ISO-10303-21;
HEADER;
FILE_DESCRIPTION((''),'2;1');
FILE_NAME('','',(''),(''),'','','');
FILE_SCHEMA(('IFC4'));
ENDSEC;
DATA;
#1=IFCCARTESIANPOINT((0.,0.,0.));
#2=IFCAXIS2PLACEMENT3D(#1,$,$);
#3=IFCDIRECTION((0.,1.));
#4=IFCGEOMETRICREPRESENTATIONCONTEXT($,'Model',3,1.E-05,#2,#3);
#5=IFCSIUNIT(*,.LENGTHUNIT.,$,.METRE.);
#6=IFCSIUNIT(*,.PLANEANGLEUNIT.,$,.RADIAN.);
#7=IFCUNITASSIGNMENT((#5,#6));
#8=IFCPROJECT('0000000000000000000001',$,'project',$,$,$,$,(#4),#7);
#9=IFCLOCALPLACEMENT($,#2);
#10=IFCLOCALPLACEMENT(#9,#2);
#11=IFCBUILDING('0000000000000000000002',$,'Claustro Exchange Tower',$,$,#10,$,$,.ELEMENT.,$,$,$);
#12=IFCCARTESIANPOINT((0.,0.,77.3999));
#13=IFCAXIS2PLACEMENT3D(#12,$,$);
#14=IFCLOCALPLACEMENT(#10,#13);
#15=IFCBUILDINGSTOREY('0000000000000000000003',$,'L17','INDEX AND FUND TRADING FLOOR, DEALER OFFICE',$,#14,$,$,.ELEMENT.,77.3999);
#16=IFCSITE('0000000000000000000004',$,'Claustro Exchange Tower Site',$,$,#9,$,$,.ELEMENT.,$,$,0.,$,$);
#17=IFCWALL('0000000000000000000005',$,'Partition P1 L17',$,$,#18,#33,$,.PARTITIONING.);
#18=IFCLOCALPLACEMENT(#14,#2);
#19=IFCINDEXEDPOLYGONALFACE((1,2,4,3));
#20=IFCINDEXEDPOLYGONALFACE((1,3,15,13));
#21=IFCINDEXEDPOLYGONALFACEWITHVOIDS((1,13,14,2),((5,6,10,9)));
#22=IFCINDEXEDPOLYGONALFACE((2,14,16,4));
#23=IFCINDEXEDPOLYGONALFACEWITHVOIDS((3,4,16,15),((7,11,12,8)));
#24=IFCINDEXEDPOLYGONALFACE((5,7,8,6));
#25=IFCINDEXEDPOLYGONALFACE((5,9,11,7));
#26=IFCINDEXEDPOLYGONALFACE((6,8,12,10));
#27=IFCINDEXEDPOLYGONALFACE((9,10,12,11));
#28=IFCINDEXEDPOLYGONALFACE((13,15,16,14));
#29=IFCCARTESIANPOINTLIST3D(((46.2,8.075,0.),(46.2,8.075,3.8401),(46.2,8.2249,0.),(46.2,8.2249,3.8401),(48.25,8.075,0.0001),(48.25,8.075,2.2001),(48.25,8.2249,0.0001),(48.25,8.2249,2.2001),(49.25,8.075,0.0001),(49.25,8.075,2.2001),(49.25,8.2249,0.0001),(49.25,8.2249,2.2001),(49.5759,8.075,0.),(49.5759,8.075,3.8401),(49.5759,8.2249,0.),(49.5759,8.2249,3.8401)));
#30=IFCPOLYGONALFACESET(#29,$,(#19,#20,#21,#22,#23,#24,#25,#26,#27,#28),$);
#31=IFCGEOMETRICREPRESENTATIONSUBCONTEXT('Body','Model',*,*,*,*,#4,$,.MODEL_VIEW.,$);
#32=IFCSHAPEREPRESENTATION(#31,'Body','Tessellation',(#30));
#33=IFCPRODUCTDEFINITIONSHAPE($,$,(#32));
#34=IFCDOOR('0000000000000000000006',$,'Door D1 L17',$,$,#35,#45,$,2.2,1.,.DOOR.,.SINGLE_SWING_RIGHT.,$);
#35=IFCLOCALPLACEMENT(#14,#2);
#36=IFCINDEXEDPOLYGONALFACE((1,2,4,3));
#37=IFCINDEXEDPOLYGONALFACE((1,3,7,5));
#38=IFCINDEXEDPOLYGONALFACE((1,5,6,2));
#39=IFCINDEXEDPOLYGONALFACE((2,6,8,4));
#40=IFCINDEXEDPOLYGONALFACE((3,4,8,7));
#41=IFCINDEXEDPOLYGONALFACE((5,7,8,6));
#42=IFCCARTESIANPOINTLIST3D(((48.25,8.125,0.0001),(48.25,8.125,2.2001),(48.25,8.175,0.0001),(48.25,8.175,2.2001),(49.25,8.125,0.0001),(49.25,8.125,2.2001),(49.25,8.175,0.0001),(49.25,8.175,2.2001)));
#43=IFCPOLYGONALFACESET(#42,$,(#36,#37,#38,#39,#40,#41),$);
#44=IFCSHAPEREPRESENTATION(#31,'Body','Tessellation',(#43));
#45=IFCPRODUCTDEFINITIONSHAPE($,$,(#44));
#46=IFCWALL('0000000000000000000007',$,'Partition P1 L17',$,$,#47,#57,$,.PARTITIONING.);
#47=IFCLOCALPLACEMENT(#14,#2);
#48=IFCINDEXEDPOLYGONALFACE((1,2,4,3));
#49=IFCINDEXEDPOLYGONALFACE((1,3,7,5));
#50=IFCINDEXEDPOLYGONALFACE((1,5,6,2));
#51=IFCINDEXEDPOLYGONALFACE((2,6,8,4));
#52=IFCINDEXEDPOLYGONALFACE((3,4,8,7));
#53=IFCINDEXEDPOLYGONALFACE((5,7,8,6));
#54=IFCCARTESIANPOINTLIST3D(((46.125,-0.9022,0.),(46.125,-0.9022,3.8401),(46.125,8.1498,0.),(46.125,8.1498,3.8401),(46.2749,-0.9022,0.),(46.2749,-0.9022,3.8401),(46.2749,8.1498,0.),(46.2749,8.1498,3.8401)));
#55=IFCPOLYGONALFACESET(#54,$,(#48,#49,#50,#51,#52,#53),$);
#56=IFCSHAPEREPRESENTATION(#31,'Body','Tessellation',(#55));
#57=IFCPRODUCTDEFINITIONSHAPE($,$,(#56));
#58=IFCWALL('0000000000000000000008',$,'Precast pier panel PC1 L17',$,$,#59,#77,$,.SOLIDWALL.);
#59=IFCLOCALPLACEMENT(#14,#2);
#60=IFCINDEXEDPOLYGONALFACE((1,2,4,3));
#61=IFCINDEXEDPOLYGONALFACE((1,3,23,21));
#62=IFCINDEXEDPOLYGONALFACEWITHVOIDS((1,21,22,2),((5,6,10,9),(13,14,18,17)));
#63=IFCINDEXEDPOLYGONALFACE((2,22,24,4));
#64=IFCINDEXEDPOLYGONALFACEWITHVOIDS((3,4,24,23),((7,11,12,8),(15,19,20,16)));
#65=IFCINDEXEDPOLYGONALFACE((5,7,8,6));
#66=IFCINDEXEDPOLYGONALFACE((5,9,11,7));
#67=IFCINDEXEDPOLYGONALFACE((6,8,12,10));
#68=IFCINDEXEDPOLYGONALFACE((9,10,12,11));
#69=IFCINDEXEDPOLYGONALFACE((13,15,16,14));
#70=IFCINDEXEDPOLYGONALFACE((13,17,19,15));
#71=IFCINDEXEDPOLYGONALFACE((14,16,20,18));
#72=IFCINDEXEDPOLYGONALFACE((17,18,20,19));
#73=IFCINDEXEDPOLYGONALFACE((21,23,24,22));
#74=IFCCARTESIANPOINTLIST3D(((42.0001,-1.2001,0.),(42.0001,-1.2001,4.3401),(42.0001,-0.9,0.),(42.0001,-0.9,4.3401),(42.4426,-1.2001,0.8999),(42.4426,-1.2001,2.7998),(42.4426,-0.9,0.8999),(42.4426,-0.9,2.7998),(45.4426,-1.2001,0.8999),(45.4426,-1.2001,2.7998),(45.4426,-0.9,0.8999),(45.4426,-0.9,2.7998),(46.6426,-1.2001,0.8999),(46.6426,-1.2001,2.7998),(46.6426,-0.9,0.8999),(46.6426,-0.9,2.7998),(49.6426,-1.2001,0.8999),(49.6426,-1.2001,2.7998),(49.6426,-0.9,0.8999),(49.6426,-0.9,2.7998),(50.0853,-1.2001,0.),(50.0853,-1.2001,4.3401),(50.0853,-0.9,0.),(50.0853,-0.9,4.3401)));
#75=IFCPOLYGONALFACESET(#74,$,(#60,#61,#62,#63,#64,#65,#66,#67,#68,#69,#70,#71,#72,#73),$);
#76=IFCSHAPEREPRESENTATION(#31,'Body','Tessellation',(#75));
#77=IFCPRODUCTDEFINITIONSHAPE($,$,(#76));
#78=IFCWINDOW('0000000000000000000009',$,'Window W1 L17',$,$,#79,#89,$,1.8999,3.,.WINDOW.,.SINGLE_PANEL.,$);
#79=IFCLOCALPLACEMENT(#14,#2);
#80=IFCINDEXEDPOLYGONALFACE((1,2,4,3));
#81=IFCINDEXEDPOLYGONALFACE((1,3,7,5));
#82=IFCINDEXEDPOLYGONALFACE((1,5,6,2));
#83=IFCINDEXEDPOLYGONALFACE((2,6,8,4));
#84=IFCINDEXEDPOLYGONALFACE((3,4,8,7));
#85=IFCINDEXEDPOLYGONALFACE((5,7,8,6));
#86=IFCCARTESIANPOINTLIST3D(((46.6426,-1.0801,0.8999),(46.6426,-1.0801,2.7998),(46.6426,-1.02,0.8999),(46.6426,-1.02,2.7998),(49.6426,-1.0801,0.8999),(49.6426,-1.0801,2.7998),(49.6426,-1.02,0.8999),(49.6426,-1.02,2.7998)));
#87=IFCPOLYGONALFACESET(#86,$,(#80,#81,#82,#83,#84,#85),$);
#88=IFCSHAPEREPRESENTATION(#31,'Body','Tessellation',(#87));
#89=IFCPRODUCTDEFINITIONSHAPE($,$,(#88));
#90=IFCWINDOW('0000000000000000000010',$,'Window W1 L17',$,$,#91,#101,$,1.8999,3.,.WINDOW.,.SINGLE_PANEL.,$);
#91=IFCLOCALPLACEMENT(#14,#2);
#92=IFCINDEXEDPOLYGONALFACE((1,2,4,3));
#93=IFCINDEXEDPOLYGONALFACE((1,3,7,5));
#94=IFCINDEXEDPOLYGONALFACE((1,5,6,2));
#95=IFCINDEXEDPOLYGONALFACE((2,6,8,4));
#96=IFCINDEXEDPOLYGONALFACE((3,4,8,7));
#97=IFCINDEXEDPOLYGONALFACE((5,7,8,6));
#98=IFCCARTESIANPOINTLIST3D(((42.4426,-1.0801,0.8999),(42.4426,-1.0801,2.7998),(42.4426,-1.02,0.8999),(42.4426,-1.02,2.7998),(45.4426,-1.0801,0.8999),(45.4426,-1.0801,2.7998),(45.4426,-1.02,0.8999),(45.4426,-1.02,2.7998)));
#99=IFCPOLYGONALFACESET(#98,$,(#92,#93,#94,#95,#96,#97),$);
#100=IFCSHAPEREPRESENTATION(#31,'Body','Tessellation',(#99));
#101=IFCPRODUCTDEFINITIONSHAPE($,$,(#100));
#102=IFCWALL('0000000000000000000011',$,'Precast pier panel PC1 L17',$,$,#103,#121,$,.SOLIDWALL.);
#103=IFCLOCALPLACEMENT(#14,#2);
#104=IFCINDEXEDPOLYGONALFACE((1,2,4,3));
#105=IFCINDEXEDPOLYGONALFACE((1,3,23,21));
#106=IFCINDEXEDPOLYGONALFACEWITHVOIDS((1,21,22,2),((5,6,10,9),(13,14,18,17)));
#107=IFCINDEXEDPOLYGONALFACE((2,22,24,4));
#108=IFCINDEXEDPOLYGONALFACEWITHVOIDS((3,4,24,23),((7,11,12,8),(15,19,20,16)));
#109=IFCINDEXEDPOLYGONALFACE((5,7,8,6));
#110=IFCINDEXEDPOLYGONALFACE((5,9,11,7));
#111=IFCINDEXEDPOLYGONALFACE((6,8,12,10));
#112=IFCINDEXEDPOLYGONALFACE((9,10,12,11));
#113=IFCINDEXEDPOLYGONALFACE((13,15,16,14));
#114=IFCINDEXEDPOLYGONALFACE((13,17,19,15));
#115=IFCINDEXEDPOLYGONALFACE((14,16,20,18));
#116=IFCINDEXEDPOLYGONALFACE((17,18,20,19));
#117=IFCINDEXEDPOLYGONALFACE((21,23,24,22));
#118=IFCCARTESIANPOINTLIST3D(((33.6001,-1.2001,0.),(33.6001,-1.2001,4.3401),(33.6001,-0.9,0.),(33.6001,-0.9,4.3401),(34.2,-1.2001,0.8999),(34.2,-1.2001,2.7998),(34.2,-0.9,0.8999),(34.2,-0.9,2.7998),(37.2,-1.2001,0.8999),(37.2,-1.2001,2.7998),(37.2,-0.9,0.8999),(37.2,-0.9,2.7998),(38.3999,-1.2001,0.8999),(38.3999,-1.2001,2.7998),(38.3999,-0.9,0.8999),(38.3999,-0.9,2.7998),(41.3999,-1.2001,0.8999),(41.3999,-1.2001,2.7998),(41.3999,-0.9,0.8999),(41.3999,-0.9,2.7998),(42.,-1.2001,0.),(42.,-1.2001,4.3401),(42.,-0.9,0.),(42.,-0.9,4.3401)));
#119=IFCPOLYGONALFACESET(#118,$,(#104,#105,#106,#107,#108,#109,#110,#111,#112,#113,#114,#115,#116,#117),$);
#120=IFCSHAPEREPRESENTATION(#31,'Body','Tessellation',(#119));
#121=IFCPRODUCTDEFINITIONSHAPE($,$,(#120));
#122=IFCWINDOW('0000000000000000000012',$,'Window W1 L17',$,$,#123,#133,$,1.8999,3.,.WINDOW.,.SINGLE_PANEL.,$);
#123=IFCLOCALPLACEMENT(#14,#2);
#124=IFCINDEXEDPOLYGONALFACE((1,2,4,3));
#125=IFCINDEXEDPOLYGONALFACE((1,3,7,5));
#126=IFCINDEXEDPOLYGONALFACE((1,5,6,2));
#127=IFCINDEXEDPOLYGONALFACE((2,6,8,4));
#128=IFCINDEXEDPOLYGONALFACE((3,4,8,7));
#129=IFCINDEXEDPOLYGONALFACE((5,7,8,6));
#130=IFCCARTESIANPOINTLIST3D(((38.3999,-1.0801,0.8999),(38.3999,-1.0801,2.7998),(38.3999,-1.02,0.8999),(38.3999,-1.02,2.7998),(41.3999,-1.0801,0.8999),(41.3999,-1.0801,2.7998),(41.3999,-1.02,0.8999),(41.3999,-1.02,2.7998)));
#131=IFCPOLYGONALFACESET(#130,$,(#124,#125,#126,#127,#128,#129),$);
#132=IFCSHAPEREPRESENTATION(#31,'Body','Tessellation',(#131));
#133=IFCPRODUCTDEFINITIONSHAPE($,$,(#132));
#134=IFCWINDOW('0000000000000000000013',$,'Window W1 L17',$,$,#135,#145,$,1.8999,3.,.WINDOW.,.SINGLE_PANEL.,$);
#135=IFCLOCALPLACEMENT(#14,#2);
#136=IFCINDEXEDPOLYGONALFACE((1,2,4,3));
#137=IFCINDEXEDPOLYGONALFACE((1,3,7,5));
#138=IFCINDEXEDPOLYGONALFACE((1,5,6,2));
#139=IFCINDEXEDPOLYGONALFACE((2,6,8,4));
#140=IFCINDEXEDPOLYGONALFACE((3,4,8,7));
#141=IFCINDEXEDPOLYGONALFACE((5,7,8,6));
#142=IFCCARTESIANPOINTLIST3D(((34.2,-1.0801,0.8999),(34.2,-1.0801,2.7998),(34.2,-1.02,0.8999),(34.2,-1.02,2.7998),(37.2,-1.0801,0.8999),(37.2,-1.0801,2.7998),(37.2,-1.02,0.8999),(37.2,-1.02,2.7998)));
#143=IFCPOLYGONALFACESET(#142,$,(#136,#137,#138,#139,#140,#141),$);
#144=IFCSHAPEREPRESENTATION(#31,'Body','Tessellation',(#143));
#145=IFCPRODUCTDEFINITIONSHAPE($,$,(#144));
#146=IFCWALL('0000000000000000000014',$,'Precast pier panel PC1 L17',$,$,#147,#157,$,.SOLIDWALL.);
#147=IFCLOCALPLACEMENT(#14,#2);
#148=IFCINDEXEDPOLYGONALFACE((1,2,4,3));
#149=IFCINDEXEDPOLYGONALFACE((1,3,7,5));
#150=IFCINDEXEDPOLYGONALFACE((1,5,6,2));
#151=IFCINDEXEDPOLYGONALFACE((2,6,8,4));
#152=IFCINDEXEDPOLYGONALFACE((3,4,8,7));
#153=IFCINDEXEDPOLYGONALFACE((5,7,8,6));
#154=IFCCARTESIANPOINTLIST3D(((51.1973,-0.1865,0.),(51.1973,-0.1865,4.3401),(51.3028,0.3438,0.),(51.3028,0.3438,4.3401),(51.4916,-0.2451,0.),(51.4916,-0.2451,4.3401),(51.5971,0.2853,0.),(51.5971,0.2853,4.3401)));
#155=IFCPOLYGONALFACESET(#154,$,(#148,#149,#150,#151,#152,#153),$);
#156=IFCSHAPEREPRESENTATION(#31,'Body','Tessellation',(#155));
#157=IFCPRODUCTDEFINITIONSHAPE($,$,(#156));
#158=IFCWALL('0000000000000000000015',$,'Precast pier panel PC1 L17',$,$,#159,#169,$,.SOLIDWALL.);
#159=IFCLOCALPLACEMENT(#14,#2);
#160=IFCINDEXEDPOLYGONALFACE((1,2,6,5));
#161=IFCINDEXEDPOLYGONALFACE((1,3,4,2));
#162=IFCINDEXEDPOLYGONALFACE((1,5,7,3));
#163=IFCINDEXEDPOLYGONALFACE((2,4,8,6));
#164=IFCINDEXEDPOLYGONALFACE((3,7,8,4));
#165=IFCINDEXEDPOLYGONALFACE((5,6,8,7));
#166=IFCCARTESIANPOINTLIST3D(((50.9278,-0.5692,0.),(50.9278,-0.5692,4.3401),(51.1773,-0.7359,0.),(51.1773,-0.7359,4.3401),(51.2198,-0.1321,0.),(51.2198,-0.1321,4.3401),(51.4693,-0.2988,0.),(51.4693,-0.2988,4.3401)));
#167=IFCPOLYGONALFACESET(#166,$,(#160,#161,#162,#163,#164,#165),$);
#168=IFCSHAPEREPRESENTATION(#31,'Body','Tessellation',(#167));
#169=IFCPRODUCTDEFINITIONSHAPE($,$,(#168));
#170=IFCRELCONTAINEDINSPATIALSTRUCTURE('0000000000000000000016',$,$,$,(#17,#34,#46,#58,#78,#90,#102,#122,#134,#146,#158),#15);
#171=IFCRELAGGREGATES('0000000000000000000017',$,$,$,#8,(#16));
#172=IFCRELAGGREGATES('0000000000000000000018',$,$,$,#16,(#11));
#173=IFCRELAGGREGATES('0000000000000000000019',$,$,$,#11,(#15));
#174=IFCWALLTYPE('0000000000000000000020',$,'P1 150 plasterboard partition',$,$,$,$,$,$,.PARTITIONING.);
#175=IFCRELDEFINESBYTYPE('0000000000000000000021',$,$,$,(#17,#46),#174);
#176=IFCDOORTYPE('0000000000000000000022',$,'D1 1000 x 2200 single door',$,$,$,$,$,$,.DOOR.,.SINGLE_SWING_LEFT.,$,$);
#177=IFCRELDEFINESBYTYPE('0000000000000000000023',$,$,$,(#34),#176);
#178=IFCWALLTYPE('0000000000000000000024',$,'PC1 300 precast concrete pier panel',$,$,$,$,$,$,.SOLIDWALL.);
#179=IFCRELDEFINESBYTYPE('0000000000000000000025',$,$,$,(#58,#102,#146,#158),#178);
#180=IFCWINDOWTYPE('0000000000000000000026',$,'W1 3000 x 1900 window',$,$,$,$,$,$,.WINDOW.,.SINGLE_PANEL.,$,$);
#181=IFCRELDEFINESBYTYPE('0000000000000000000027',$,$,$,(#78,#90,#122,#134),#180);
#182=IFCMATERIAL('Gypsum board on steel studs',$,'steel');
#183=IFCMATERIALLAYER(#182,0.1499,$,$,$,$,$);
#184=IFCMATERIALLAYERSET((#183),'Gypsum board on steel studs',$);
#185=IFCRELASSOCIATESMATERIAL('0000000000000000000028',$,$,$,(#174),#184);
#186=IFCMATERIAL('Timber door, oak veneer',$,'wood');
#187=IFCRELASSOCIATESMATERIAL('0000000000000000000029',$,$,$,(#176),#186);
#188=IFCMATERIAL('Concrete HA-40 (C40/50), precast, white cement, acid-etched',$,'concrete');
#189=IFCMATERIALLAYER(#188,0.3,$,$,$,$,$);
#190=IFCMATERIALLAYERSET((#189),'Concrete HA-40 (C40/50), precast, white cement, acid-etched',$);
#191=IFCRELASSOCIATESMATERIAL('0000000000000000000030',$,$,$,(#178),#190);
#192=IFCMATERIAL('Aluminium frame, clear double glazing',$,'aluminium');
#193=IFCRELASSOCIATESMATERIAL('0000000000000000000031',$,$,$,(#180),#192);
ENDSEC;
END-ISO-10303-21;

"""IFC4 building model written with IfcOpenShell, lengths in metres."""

from ifc_helpers import new_model, si_unit, direction, frame, frame_2d, origin, place, context, subcontext, project, spatial, rectangle, extrude, material, layer, layer_set, type_object, element, fill, save


model = new_model("IFC4")

# Units and contexts
model_context = context("Model", 3, precision=1e-05, world=origin(), true_north=direction((0.0, 1.0)))
body_context = subcontext(model_context, "Body", "Model", "MODEL_VIEW")
ifc_project = project(units=[si_unit("LENGTHUNIT", "METRE"), si_unit("PLANEANGLEUNIT", "RADIAN")], contexts=[model_context])

# Site, building, storey
site_placement = place(None, origin())
site = spatial("IfcSite", under=ifc_project, at=site_placement, Name="Claustro Exchange Tower Site", CompositionType="ELEMENT", RefElevation=0.0)
building_placement = place(site_placement, origin())
building = spatial("IfcBuilding", under=site, at=building_placement, Name="Claustro Exchange Tower", CompositionType="ELEMENT")
storey_placement = place(building_placement, frame((0.0, 0.0, 77.3999)))
storey = spatial("IfcBuildingStorey", under=building, at=storey_placement, Name="L17", Description="INDEX AND FUND TRADING FLOOR, DEALER OFFICE", CompositionType="ELEMENT", Elevation=77.3999)

# Wall, opening, door
ifc_material_1 = material(Name="Gypsum board on steel studs", Category="steel")
ifc_layer_1 = layer(ifc_material_1, 0.1499)
ifc_layer_set_1 = layer_set([ifc_layer_1], Name="Gypsum board on steel studs")
wall_type_1 = type_object("IfcWallType", Name="P1 150 plasterboard partition", PredefinedType="PARTITIONING", material=ifc_layer_set_1)
wall_1_placement = place(storey_placement, frame((46.2, 8.1499, 0.0), z_axis=(0.0, 0.0, 1.0), x_axis=(1.0, 0.0, 0.0)))
wall_1 = element("IfcWall", 1, at=wall_1_placement, inside=storey, type_object=wall_type_1, Name="Partition P1 L17", PredefinedType="PARTITIONING", context=body_context, shape_type="SweptSolid", body=[
    extrude(rectangle(XDim=3.376, YDim=0.1499, at=frame_2d((1.688, 0.0))), origin(), (0.0, 0.0, 1.0), 3.8401),
])
opening_1_placement = place(wall_1_placement, frame((2.05, 0.0, 0.0)))
opening_1 = element("IfcOpeningElement", 2, at=opening_1_placement, cuts=wall_1, PredefinedType="OPENING", context=body_context, shape_type="SweptSolid", body=[
    extrude(rectangle(XDim=1.0, YDim=2.2, at=frame_2d((0.5, 1.1001))), frame((0.0, 0.085, 0.0), z_axis=(0.0, -1.0, 0.0), x_axis=(1.0, 0.0, 0.0)), (0.0, 0.0, 1.0), 0.1699),
])
ifc_material_2 = material(Name="Timber door, oak veneer", Category="wood")
door_type = type_object("IfcDoorType", Name="D1 1000 x 2200 single door", OperationType="SINGLE_SWING_LEFT", PredefinedType="DOOR", material=ifc_material_2)
door_placement = place(opening_1_placement, frame((1.0, 0.0, 0.0), z_axis=(0.0, 0.0, 1.0), x_axis=(-1.0, 0.0, 0.0)))
door = element("IfcDoor", 3, at=door_placement, inside=storey, type_object=door_type, Name="Door D1 L17", OperationType="SINGLE_SWING_RIGHT", OverallHeight=2.2, OverallWidth=1.0, PredefinedType="DOOR", context=body_context, shape_type="SweptSolid", body=[
    extrude(rectangle(XDim=1.0, YDim=2.2, at=frame_2d((0.5, 1.1001))), frame((0.0, 0.0249, 0.0), z_axis=(0.0, -1.0, 0.0), x_axis=(1.0, 0.0, 0.0)), (0.0, 0.0, 1.0), 0.05),
])
fill(opening_1, door)

# Wall
wall_2_placement = place(storey_placement, frame((46.2, -0.9021, 0.0), z_axis=(0.0, 0.0, 1.0), x_axis=(0.0, 1.0, 0.0)))
element("IfcWall", 4, at=wall_2_placement, inside=storey, type_object=wall_type_1, Name="Partition P1 L17", PredefinedType="PARTITIONING", context=body_context, shape_type="SweptSolid", body=[
    extrude(rectangle(XDim=9.052, YDim=0.1499, at=frame_2d((4.5259, 0.0))), origin(), (0.0, 0.0, 1.0), 3.8401),
])

# Walls, openings, windows
ifc_material_3 = material(Name="Concrete HA-40 (C40/50), precast, white cement, acid-etched", Category="concrete")
ifc_layer_2 = layer(ifc_material_3, 0.3)
ifc_layer_set_2 = layer_set([ifc_layer_2], Name="Concrete HA-40 (C40/50), precast, white cement, acid-etched")
wall_type_2 = type_object("IfcWallType", Name="PC1 300 precast concrete pier panel", PredefinedType="SOLIDWALL", material=ifc_layer_set_2)
wall_3_placement = place(storey_placement, frame((50.0852, -1.05, 0.0), z_axis=(0.0, 0.0, 1.0), x_axis=(-1.0, 0.0, 0.0)))
wall_3 = element("IfcWall", 5, at=wall_3_placement, inside=storey, type_object=wall_type_2, Name="Precast pier panel PC1 L17", PredefinedType="SOLIDWALL", context=body_context, shape_type="SweptSolid", body=[
    extrude(rectangle(XDim=8.0852, YDim=0.3, at=frame_2d((4.0425, 0.0))), origin(), (0.0, 0.0, 1.0), 4.3401),
])
opening_2_placement = place(wall_3_placement, frame((0.4426, 0.0, 0.8999)))
opening_2 = element("IfcOpeningElement", 6, at=opening_2_placement, cuts=wall_3, PredefinedType="OPENING", context=body_context, shape_type="SweptSolid", body=[
    extrude(rectangle(XDim=3.0, YDim=1.8999, at=frame_2d((1.5, 0.95))), frame((0.0, 0.1599, 0.0), z_axis=(0.0, -1.0, 0.0), x_axis=(1.0, 0.0, 0.0)), (0.0, 0.0, 1.0), 0.3201),
])
opening_3_placement = place(wall_3_placement, frame((4.6426, 0.0, 0.8999)))
opening_3 = element("IfcOpeningElement", 7, at=opening_3_placement, cuts=wall_3, PredefinedType="OPENING", context=body_context, shape_type="SweptSolid", body=[
    extrude(rectangle(XDim=3.0, YDim=1.8999, at=frame_2d((1.5, 0.95))), frame((0.0, 0.1599, 0.0), z_axis=(0.0, -1.0, 0.0), x_axis=(1.0, 0.0, 0.0)), (0.0, 0.0, 1.0), 0.3201),
])
ifc_material_4 = material(Name="Aluminium frame, clear double glazing", Category="aluminium")
window_type = type_object("IfcWindowType", Name="W1 3000 x 1900 window", PartitioningType="SINGLE_PANEL", PredefinedType="WINDOW", material=ifc_material_4)
window_1_placement = place(opening_2_placement, origin())
window_1 = element("IfcWindow", 8, at=window_1_placement, inside=storey, type_object=window_type, Name="Window W1 L17", OverallHeight=1.8999, OverallWidth=3.0, PartitioningType="SINGLE_PANEL", PredefinedType="WINDOW", context=body_context, shape_type="SweptSolid", body=[
    extrude(rectangle(XDim=3.0, YDim=1.8999, at=frame_2d((1.5, 0.95))), frame((0.0, 0.03, 0.0), z_axis=(0.0, -1.0, 0.0), x_axis=(1.0, 0.0, 0.0)), (0.0, 0.0, 1.0), 0.0601),
])
fill(opening_2, window_1)
window_2_placement = place(opening_3_placement, origin())
window_2 = element("IfcWindow", 9, at=window_2_placement, inside=storey, type_object=window_type, Name="Window W1 L17", OverallHeight=1.8999, OverallWidth=3.0, PartitioningType="SINGLE_PANEL", PredefinedType="WINDOW", context=body_context, shape_type="SweptSolid", body=[
    extrude(rectangle(XDim=3.0, YDim=1.8999, at=frame_2d((1.5, 0.95))), frame((0.0, 0.03, 0.0), z_axis=(0.0, -1.0, 0.0), x_axis=(1.0, 0.0, 0.0)), (0.0, 0.0, 1.0), 0.0601),
])
fill(opening_3, window_2)
wall_4_placement = place(storey_placement, frame((42.0, -1.05, 0.0), z_axis=(0.0, 0.0, 1.0), x_axis=(-1.0, 0.0, 0.0)))
wall_4 = element("IfcWall", 10, at=wall_4_placement, inside=storey, type_object=wall_type_2, Name="Precast pier panel PC1 L17", PredefinedType="SOLIDWALL", context=body_context, shape_type="SweptSolid", body=[
    extrude(rectangle(XDim=8.3999, YDim=0.3, at=frame_2d((4.2, 0.0))), origin(), (0.0, 0.0, 1.0), 4.3401),
])
opening_4_placement = place(wall_4_placement, frame((0.6001, 0.0, 0.8999)))
opening_4 = element("IfcOpeningElement", 11, at=opening_4_placement, cuts=wall_4, PredefinedType="OPENING", context=body_context, shape_type="SweptSolid", body=[
    extrude(rectangle(XDim=3.0, YDim=1.8999, at=frame_2d((1.5, 0.95))), frame((0.0, 0.1599, 0.0), z_axis=(0.0, -1.0, 0.0), x_axis=(1.0, 0.0, 0.0)), (0.0, 0.0, 1.0), 0.3201),
])
opening_5_placement = place(wall_4_placement, frame((4.8, 0.0, 0.8999)))
opening_5 = element("IfcOpeningElement", 12, at=opening_5_placement, cuts=wall_4, PredefinedType="OPENING", context=body_context, shape_type="SweptSolid", body=[
    extrude(rectangle(XDim=3.0, YDim=1.8999, at=frame_2d((1.5, 0.95))), frame((0.0, 0.1599, 0.0), z_axis=(0.0, -1.0, 0.0), x_axis=(1.0, 0.0, 0.0)), (0.0, 0.0, 1.0), 0.3201),
])
window_3_placement = place(opening_4_placement, origin())
window_3 = element("IfcWindow", 13, at=window_3_placement, inside=storey, type_object=window_type, Name="Window W1 L17", OverallHeight=1.8999, OverallWidth=3.0, PartitioningType="SINGLE_PANEL", PredefinedType="WINDOW", context=body_context, shape_type="SweptSolid", body=[
    extrude(rectangle(XDim=3.0, YDim=1.8999, at=frame_2d((1.5, 0.95))), frame((0.0, 0.03, 0.0), z_axis=(0.0, -1.0, 0.0), x_axis=(1.0, 0.0, 0.0)), (0.0, 0.0, 1.0), 0.0601),
])
fill(opening_4, window_3)
window_4_placement = place(opening_5_placement, origin())
window_4 = element("IfcWindow", 14, at=window_4_placement, inside=storey, type_object=window_type, Name="Window W1 L17", OverallHeight=1.8999, OverallWidth=3.0, PartitioningType="SINGLE_PANEL", PredefinedType="WINDOW", context=body_context, shape_type="SweptSolid", body=[
    extrude(rectangle(XDim=3.0, YDim=1.8999, at=frame_2d((1.5, 0.95))), frame((0.0, 0.03, 0.0), z_axis=(0.0, -1.0, 0.0), x_axis=(1.0, 0.0, 0.0)), (0.0, 0.0, 1.0), 0.0601),
])
fill(opening_5, window_4)

# Walls
wall_5_placement = place(storey_placement, frame((51.45, 0.3147, 0.0), z_axis=(0.0, 0.0, 1.0), x_axis=(-0.195074, -0.980789, 0.0)))
element("IfcWall", 15, at=wall_5_placement, inside=storey, type_object=wall_type_2, Name="Precast pier panel PC1 L17", PredefinedType="SOLIDWALL", context=body_context, shape_type="SweptSolid", body=[
    extrude(rectangle(XDim=0.5408, YDim=0.3, at=frame_2d((0.2705, 0.0))), origin(), (0.0, 0.0, 1.0), 4.3401),
])
for number, where, z_axis, x_axis, name in (
    (16, (51.3445, -0.2156, 0.0), (0.0, 0.0, 1.0), (-0.555557, -0.831478, 0.0), "Precast pier panel PC1 L17"),
):
    element("IfcWall", number, at=place(storey_placement, frame(where, z_axis=z_axis, x_axis=x_axis)), inside=storey, type_object=wall_type_2, Name=name, PredefinedType="SOLIDWALL", context=body_context, shape_type="SweptSolid", body=[
        extrude(rectangle(XDim=0.5256, YDim=0.3, at=frame_2d((0.2627, 0.0))), origin(), (0.0, 0.0, 1.0), 4.3401),
    ])

save(model, "model.ifc")
